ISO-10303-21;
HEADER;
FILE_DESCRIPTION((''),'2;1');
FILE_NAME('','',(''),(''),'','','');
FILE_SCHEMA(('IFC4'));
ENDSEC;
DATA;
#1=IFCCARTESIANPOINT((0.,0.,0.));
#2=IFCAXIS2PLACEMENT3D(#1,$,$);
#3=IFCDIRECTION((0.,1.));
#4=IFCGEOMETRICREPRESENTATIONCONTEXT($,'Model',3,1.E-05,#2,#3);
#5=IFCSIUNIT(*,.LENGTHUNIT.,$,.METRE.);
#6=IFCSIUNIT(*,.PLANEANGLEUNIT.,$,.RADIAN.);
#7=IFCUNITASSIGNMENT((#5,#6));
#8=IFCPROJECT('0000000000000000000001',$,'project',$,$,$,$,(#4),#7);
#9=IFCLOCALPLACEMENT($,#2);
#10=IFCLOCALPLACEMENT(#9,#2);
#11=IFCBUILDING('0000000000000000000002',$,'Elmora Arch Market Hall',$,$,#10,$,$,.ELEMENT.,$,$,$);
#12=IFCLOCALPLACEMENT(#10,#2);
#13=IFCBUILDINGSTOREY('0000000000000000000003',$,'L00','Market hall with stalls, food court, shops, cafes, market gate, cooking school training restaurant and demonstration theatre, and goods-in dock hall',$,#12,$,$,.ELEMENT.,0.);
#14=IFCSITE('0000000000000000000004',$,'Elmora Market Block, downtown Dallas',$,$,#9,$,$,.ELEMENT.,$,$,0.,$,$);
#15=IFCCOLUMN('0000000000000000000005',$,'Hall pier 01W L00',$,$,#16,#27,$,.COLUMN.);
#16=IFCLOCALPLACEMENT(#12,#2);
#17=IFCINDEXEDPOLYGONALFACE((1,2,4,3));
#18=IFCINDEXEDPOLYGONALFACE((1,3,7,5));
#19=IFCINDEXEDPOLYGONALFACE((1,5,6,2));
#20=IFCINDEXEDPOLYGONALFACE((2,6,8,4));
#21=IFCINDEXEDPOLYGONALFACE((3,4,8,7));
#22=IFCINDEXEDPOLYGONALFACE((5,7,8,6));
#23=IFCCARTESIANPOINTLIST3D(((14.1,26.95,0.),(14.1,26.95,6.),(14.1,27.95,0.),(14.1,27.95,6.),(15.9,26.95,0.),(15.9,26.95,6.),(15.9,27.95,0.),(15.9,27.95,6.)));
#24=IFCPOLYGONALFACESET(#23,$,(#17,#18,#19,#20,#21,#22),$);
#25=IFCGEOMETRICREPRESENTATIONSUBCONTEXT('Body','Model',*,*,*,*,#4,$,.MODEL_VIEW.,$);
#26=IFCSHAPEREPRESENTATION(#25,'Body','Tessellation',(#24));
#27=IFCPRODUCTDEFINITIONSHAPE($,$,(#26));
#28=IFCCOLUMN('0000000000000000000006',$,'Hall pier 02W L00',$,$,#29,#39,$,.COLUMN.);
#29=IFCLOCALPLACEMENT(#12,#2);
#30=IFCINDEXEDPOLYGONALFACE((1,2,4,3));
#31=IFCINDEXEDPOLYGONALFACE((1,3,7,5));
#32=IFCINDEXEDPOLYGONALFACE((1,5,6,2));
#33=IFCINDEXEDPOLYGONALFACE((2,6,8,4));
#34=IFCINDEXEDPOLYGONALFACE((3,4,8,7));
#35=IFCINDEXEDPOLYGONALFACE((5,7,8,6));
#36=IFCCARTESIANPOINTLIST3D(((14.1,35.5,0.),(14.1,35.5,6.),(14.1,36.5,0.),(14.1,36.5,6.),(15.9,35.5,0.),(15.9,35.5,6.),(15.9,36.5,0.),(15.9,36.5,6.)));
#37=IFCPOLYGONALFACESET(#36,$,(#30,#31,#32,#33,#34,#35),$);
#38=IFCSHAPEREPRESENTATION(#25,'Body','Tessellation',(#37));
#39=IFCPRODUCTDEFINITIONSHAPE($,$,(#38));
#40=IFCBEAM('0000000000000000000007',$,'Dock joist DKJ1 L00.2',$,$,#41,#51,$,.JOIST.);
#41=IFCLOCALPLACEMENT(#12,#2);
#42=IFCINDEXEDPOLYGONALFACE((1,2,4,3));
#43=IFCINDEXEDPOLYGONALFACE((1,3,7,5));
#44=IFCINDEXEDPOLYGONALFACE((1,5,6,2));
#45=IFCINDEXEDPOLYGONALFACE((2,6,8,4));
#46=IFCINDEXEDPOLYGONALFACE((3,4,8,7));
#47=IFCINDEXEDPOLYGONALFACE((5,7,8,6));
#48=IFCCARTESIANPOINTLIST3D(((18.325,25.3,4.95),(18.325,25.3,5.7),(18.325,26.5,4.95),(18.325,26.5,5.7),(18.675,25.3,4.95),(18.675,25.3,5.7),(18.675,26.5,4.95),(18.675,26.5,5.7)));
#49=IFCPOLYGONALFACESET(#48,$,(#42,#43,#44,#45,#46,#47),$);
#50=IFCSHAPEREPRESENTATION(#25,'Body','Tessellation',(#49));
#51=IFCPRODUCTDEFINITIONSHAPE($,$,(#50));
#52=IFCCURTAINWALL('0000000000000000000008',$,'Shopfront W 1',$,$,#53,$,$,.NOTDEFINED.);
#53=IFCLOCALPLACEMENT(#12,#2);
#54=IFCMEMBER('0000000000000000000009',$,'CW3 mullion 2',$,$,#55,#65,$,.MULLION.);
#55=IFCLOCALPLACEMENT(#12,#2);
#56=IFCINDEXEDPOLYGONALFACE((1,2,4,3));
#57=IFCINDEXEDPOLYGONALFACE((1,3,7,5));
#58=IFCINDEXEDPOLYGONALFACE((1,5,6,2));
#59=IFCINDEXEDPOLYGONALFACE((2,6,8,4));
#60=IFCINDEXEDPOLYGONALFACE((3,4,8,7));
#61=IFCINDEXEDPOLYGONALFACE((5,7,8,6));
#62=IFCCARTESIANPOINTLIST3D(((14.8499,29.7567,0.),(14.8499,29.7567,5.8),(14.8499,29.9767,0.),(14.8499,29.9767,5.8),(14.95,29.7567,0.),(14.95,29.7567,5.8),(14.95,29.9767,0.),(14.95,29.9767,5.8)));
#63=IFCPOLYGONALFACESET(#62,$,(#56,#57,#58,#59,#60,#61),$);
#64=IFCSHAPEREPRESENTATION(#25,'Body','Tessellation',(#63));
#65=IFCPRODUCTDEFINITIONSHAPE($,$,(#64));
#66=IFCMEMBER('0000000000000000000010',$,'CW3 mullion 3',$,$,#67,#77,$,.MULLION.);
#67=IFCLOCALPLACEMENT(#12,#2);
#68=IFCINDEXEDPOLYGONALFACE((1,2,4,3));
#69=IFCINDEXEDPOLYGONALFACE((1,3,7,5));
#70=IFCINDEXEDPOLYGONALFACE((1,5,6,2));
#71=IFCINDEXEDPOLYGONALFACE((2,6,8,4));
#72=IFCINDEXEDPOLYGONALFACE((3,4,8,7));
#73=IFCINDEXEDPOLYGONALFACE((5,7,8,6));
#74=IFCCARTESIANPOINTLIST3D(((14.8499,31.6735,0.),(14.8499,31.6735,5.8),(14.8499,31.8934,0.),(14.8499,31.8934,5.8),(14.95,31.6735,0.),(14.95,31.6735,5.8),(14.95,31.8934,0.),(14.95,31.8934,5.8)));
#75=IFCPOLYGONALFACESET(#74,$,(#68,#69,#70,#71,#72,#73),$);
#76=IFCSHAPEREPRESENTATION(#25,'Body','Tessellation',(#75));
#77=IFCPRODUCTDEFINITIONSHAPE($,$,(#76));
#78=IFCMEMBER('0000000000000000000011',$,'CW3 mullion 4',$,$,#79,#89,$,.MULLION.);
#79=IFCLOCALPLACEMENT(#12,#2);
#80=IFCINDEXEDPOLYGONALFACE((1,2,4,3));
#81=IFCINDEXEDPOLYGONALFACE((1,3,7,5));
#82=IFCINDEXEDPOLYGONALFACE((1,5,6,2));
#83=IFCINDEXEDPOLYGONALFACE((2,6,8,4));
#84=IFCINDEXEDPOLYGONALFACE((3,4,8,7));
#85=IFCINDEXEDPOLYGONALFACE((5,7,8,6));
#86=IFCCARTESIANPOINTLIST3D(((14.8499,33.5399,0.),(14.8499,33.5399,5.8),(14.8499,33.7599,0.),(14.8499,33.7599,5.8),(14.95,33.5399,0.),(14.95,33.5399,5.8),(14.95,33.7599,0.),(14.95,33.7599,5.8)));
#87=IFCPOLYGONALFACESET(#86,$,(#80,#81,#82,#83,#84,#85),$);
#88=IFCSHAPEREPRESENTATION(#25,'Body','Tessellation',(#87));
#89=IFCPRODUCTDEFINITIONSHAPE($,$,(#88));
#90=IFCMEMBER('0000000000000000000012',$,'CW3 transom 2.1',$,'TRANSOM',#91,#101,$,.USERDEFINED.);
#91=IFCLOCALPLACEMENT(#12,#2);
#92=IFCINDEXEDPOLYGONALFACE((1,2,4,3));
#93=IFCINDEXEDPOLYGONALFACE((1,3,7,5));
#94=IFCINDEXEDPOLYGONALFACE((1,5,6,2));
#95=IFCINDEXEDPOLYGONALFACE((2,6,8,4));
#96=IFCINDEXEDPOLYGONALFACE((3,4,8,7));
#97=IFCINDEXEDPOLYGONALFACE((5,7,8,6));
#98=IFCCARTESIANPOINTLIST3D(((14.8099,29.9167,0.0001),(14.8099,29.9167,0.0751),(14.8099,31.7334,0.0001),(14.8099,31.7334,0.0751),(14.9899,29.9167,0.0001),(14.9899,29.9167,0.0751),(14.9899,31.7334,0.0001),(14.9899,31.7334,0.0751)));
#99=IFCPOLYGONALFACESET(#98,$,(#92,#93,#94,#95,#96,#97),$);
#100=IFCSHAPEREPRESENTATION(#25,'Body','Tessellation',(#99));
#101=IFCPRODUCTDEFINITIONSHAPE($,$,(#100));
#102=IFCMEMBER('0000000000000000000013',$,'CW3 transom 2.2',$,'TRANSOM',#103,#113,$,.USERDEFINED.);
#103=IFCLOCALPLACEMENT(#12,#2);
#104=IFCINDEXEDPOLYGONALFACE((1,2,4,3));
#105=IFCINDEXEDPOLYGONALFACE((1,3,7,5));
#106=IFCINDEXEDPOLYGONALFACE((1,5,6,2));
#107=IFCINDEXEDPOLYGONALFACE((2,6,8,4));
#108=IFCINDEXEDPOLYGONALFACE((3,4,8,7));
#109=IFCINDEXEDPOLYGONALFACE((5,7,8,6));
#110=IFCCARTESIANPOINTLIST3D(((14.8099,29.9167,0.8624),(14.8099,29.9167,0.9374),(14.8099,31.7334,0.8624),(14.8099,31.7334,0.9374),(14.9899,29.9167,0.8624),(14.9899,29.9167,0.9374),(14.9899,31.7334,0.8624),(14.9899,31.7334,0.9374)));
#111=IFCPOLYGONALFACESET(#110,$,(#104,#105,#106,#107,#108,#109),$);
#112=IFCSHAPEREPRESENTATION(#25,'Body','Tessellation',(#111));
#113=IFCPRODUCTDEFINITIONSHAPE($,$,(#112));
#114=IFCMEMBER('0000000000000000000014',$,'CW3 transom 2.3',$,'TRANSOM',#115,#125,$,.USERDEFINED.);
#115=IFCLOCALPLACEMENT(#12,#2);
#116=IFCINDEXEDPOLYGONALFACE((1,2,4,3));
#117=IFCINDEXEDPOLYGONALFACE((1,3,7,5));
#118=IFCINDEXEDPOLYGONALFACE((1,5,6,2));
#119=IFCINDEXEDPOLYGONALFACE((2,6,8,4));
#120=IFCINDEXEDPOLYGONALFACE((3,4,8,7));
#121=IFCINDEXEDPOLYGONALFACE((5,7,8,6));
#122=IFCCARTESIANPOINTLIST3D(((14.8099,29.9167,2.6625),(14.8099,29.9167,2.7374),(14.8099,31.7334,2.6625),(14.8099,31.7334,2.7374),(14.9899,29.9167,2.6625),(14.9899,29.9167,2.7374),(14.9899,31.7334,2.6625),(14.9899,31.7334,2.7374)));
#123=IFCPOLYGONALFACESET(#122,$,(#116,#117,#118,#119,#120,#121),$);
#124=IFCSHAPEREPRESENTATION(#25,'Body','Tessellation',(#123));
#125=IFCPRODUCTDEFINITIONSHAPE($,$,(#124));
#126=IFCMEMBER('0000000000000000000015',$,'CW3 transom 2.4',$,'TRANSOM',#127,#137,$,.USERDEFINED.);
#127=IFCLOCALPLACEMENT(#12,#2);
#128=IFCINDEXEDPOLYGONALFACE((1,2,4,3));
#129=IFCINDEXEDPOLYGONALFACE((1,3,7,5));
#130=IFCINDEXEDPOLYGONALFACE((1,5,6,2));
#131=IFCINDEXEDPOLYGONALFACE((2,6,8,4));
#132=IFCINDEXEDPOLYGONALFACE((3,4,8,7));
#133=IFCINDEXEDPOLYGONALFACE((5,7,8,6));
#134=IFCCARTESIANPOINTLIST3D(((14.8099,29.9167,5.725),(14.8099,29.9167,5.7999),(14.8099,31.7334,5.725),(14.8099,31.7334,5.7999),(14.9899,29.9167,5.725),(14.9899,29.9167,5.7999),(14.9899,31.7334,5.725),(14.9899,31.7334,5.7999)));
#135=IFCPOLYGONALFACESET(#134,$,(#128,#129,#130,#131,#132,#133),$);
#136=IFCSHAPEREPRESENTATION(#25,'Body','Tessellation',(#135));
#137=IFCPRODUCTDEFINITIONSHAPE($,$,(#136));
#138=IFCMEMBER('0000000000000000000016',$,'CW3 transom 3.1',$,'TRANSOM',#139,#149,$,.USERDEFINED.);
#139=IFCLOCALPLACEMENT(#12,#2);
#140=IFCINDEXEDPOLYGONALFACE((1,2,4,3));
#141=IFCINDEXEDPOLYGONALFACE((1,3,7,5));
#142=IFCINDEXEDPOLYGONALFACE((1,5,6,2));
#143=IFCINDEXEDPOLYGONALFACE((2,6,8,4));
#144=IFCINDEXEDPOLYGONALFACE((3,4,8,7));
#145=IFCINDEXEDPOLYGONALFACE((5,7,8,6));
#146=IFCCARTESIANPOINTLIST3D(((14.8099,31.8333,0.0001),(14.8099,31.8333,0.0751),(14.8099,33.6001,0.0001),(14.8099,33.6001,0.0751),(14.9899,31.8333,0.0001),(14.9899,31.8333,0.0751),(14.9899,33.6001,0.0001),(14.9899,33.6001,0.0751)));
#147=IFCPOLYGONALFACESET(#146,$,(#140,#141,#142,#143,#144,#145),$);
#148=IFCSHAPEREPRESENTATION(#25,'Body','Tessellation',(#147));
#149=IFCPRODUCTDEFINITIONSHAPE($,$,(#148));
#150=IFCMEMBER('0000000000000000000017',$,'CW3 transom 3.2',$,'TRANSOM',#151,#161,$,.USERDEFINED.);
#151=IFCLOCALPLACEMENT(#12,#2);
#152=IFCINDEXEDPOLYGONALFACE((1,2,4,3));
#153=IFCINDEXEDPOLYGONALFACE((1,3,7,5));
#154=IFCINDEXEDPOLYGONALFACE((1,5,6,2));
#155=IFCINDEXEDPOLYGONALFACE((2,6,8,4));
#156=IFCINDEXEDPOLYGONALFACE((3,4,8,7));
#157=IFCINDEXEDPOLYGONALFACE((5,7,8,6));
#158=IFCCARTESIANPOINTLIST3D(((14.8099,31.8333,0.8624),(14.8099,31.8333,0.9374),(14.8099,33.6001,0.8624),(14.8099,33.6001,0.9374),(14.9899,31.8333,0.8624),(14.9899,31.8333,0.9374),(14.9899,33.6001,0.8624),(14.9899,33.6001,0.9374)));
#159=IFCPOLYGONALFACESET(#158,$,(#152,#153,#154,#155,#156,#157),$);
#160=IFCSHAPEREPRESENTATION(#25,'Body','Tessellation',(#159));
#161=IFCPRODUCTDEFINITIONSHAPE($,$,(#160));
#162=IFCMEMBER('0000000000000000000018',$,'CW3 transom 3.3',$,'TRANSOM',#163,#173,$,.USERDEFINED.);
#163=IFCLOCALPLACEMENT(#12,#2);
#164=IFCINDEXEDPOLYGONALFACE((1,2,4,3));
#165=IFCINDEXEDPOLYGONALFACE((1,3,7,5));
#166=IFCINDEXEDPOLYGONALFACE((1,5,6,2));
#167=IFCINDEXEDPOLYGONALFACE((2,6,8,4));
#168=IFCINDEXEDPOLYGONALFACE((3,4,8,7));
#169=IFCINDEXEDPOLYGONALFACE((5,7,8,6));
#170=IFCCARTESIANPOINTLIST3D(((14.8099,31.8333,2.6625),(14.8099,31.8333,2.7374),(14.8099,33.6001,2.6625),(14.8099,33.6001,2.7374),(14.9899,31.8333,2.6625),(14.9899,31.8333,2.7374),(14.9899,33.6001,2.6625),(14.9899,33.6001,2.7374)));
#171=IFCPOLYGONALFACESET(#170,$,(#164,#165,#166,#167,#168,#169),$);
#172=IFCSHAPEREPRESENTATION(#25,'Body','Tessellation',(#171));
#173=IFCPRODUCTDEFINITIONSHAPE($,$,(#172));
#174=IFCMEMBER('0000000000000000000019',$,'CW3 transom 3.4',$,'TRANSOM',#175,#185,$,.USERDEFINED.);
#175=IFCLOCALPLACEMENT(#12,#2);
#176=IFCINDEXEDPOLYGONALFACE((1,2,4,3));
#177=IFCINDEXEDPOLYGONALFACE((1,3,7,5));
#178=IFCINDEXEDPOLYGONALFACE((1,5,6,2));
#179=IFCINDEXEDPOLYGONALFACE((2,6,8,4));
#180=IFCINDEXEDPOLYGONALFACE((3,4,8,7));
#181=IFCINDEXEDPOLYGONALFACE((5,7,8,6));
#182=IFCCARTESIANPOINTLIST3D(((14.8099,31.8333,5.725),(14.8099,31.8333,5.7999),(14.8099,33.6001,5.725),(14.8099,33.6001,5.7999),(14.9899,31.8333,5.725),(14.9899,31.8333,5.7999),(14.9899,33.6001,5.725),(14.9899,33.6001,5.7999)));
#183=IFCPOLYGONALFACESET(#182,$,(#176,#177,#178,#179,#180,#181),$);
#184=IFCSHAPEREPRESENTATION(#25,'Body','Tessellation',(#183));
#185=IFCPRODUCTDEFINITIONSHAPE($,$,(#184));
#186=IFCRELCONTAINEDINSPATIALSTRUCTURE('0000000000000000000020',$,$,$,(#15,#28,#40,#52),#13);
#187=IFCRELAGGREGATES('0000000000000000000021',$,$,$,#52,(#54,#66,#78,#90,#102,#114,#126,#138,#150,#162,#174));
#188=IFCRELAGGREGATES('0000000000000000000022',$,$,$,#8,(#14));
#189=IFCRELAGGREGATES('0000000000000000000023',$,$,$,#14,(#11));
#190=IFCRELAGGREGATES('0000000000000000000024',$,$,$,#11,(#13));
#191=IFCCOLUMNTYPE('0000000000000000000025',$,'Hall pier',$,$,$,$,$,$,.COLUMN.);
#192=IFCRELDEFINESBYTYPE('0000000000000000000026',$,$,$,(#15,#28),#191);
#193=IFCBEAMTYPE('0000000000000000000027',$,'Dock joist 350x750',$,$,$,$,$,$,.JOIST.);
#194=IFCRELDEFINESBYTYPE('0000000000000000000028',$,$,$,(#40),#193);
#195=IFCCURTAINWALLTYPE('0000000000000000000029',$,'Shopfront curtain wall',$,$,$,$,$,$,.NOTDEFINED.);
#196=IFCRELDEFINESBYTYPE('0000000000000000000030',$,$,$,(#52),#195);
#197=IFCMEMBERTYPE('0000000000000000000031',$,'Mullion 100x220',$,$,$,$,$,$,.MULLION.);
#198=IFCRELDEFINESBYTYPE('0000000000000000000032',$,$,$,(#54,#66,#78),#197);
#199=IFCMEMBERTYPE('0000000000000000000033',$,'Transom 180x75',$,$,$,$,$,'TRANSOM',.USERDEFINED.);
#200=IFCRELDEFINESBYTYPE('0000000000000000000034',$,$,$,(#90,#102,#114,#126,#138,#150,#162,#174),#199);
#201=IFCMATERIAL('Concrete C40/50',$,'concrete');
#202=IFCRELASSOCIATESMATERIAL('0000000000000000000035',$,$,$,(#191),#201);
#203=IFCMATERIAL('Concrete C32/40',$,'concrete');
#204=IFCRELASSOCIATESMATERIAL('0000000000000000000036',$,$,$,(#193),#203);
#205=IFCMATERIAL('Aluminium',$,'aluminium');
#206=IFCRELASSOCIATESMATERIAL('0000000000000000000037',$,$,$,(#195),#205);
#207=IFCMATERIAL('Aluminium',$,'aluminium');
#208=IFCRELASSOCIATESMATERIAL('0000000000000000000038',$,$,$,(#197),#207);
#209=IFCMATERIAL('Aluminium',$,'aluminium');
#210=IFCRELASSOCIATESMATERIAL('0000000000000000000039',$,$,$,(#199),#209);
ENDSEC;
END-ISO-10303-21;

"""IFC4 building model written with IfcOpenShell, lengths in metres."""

from ifc_helpers import new_model, si_unit, direction, frame, origin, origin_2d, place, context, subcontext, project, spatial, rectangle, extrude, material, material_profile, profile_set, type_object, element, aggregate, save


model = new_model("IFC4")

# Units and contexts
model_context = context("Model", 3, precision=1e-05, world=origin(), true_north=direction((0.0, 1.0)))
body_context = subcontext(model_context, "Body", "Model", "MODEL_VIEW")
ifc_project = project(units=[si_unit("LENGTHUNIT", "METRE"), si_unit("PLANEANGLEUNIT", "RADIAN")], contexts=[model_context])

# Site, building, storey
site_placement = place(None, origin())
site = spatial("IfcSite", under=ifc_project, at=site_placement, Name="Elmora Market Block, downtown Dallas", CompositionType="ELEMENT", RefElevation=0.0)
building_placement = place(site_placement, origin())
building = spatial("IfcBuilding", under=site, at=building_placement, Name="Elmora Arch Market Hall", CompositionType="ELEMENT")
storey_placement = place(building_placement, origin())
storey = spatial("IfcBuildingStorey", under=building, at=storey_placement, Name="L00", Description="Market hall with stalls, food court, shops, cafes, market gate, cooking school training restaurant and demonstration theatre, and goods-in dock hall", CompositionType="ELEMENT", Elevation=0.0)

# Columns
ifc_material_1 = material(Name="Concrete C40/50", Category="concrete")
ifc_material_profile_1 = material_profile(ifc_material_1, rectangle(XDim=1.8, YDim=1.0, at=origin_2d()), Name="Hall pier")
ifc_profile_set_1 = profile_set([ifc_material_profile_1], Name="Concrete C40/50")
column_type = type_object("IfcColumnType", Name="Hall pier", PredefinedType="COLUMN", material=ifc_profile_set_1)
for number, where, z_axis, x_axis, name in (
    (1, (15.0, 27.45, 0.0), (0.0, 0.0, 1.0), (1.0, 0.0, 0.0), "Hall pier 01W L00"),
    (2, (15.0, 36.0, 0.0), (0.0, 0.0, 1.0), (1.0, 0.0, 0.0), "Hall pier 02W L00"),
):
    element("IfcColumn", number, at=place(storey_placement, frame(where, z_axis=z_axis, x_axis=x_axis)), inside=storey, type_object=column_type, Name=name, PredefinedType="COLUMN", context=body_context, shape_type="SweptSolid", body=[
        extrude(rectangle(XDim=1.8, YDim=1.0, at=origin_2d()), origin(), (0.0, 0.0, 1.0), 6.0),
    ])

# Beam
ifc_material_2 = material(Name="Concrete C32/40", Category="concrete")
ifc_material_profile_2 = material_profile(ifc_material_2, rectangle(XDim=0.3501, YDim=0.75, at=origin_2d()), Name="Dock joist 350x750")
ifc_profile_set_2 = profile_set([ifc_material_profile_2], Name="Concrete C32/40")
beam_type = type_object("IfcBeamType", Name="Dock joist 350x750", PredefinedType="JOIST", material=ifc_profile_set_2)
beam_placement = place(storey_placement, frame((18.5, 25.3, 5.325), z_axis=(0.0, 1.0, 0.0), x_axis=(-1.0, 0.0, 0.0)))
element("IfcBeam", 3, at=beam_placement, inside=storey, type_object=beam_type, Name="Dock joist DKJ1 L00.2", PredefinedType="JOIST", context=body_context, shape_type="SweptSolid", body=[
    extrude(rectangle(XDim=0.3501, YDim=0.75, at=origin_2d()), origin(), (0.0, 0.0, 1.0), 1.2),
])

# Curtain wall, members
ifc_material_3 = material(Name="Aluminium", Category="aluminium")
curtain_wall_type = type_object("IfcCurtainWallType", Name="Shopfront curtain wall", PredefinedType="NOTDEFINED", material=ifc_material_3)
curtain_wall_placement = place(storey_placement, origin())
curtain_wall = element("IfcCurtainWall", 4, at=curtain_wall_placement, inside=storey, type_object=curtain_wall_type, Name="Shopfront W 1", PredefinedType="NOTDEFINED")
ifc_material_4 = material(Name="Aluminium", Category="aluminium")
ifc_material_profile_3 = material_profile(ifc_material_4, rectangle(XDim=0.1001, YDim=0.22, at=origin_2d()), Name="AL 100x220")
ifc_profile_set_3 = profile_set([ifc_material_profile_3], Name="Aluminium")
member_type_1 = type_object("IfcMemberType", Name="Mullion 100x220", PredefinedType="MULLION", material=ifc_profile_set_3)
member_1_placement = place(storey_placement, frame((14.8999, 29.8667, 0.0), z_axis=(0.0, 0.0, 1.0), x_axis=(-1.0, 0.0, 0.0)))
member_1 = element("IfcMember", 5, at=member_1_placement, type_object=member_type_1, Name="CW3 mullion 2", PredefinedType="MULLION", context=body_context, shape_type="SweptSolid", body=[
    extrude(rectangle(XDim=0.1001, YDim=0.22, at=origin_2d()), origin(), (0.0, 0.0, 1.0), 5.8),
])
member_2_placement = place(storey_placement, frame((14.8999, 31.7834, 0.0), z_axis=(0.0, 0.0, 1.0), x_axis=(-1.0, 0.0, 0.0)))
member_2 = element("IfcMember", 6, at=member_2_placement, type_object=member_type_1, Name="CW3 mullion 3", PredefinedType="MULLION", context=body_context, shape_type="SweptSolid", body=[
    extrude(rectangle(XDim=0.1001, YDim=0.22, at=origin_2d()), origin(), (0.0, 0.0, 1.0), 5.8),
])
member_3_placement = place(storey_placement, frame((14.8999, 33.6499, 0.0), z_axis=(0.0, 0.0, 1.0), x_axis=(-1.0, 0.0, 0.0)))
member_3 = element("IfcMember", 7, at=member_3_placement, type_object=member_type_1, Name="CW3 mullion 4", PredefinedType="MULLION", context=body_context, shape_type="SweptSolid", body=[
    extrude(rectangle(XDim=0.1001, YDim=0.22, at=origin_2d()), origin(), (0.0, 0.0, 1.0), 5.8),
])
ifc_material_5 = material(Name="Aluminium", Category="aluminium")
ifc_material_profile_4 = material_profile(ifc_material_5, rectangle(XDim=0.1799, YDim=0.075, at=origin_2d()), Name="AL 180x75")
ifc_profile_set_4 = profile_set([ifc_material_profile_4], Name="Aluminium")
member_type_2 = type_object("IfcMemberType", Name="Transom 180x75", ElementType="TRANSOM", PredefinedType="USERDEFINED", material=ifc_profile_set_4)
member_4_placement = place(storey_placement, frame((14.8999, 29.9167, 0.0376), z_axis=(0.0, 1.0, 0.0), x_axis=(-1.0, 0.0, 0.0)))
member_4 = element("IfcMember", 8, at=member_4_placement, type_object=member_type_2, Name="CW3 transom 2.1", ObjectType="TRANSOM", PredefinedType="USERDEFINED", context=body_context, shape_type="SweptSolid", body=[
    extrude(rectangle(XDim=0.1799, YDim=0.075, at=origin_2d()), origin(), (0.0, 0.0, 1.0), 1.8167),
])
member_5_placement = place(storey_placement, frame((14.8999, 29.9167, 0.8999), z_axis=(0.0, 1.0, 0.0), x_axis=(-1.0, 0.0, 0.0)))
member_5 = element("IfcMember", 9, at=member_5_placement, type_object=member_type_2, Name="CW3 transom 2.2", ObjectType="TRANSOM", PredefinedType="USERDEFINED", context=body_context, shape_type="SweptSolid", body=[
    extrude(rectangle(XDim=0.1799, YDim=0.075, at=origin_2d()), origin(), (0.0, 0.0, 1.0), 1.8167),
])
member_6_placement = place(storey_placement, frame((14.8999, 29.9167, 2.7), z_axis=(0.0, 1.0, 0.0), x_axis=(-1.0, 0.0, 0.0)))
member_6 = element("IfcMember", 10, at=member_6_placement, type_object=member_type_2, Name="CW3 transom 2.3", ObjectType="TRANSOM", PredefinedType="USERDEFINED", context=body_context, shape_type="SweptSolid", body=[
    extrude(rectangle(XDim=0.1799, YDim=0.075, at=origin_2d()), origin(), (0.0, 0.0, 1.0), 1.8167),
])
member_7_placement = place(storey_placement, frame((14.8999, 29.9167, 5.7625), z_axis=(0.0, 1.0, 0.0), x_axis=(-1.0, 0.0, 0.0)))
member_7 = element("IfcMember", 11, at=member_7_placement, type_object=member_type_2, Name="CW3 transom 2.4", ObjectType="TRANSOM", PredefinedType="USERDEFINED", context=body_context, shape_type="SweptSolid", body=[
    extrude(rectangle(XDim=0.1799, YDim=0.075, at=origin_2d()), origin(), (0.0, 0.0, 1.0), 1.8167),
])
member_8_placement = place(storey_placement, frame((14.8999, 31.8333, 0.0376), z_axis=(0.0, 1.0, 0.0), x_axis=(-1.0, 0.0, 0.0)))
member_8 = element("IfcMember", 12, at=member_8_placement, type_object=member_type_2, Name="CW3 transom 3.1", ObjectType="TRANSOM", PredefinedType="USERDEFINED", context=body_context, shape_type="SweptSolid", body=[
    extrude(rectangle(XDim=0.1799, YDim=0.075, at=origin_2d()), origin(), (0.0, 0.0, 1.0), 1.7668),
])
member_9_placement = place(storey_placement, frame((14.8999, 31.8333, 0.8999), z_axis=(0.0, 1.0, 0.0), x_axis=(-1.0, 0.0, 0.0)))
member_9 = element("IfcMember", 13, at=member_9_placement, type_object=member_type_2, Name="CW3 transom 3.2", ObjectType="TRANSOM", PredefinedType="USERDEFINED", context=body_context, shape_type="SweptSolid", body=[
    extrude(rectangle(XDim=0.1799, YDim=0.075, at=origin_2d()), origin(), (0.0, 0.0, 1.0), 1.7668),
])
member_10_placement = place(storey_placement, frame((14.8999, 31.8333, 2.7), z_axis=(0.0, 1.0, 0.0), x_axis=(-1.0, 0.0, 0.0)))
member_10 = element("IfcMember", 14, at=member_10_placement, type_object=member_type_2, Name="CW3 transom 3.3", ObjectType="TRANSOM", PredefinedType="USERDEFINED", context=body_context, shape_type="SweptSolid", body=[
    extrude(rectangle(XDim=0.1799, YDim=0.075, at=origin_2d()), origin(), (0.0, 0.0, 1.0), 1.7668),
])
member_11_placement = place(storey_placement, frame((14.8999, 31.8333, 5.7625), z_axis=(0.0, 1.0, 0.0), x_axis=(-1.0, 0.0, 0.0)))
member_11 = element("IfcMember", 15, at=member_11_placement, type_object=member_type_2, Name="CW3 transom 3.4", ObjectType="TRANSOM", PredefinedType="USERDEFINED", context=body_context, shape_type="SweptSolid", body=[
    extrude(rectangle(XDim=0.1799, YDim=0.075, at=origin_2d()), origin(), (0.0, 0.0, 1.0), 1.7668),
])
aggregate(curtain_wall, [member_1, member_2, member_3, member_4, member_5, member_6, member_7, member_8, member_9, member_10, member_11])

save(model, "model.ifc")
